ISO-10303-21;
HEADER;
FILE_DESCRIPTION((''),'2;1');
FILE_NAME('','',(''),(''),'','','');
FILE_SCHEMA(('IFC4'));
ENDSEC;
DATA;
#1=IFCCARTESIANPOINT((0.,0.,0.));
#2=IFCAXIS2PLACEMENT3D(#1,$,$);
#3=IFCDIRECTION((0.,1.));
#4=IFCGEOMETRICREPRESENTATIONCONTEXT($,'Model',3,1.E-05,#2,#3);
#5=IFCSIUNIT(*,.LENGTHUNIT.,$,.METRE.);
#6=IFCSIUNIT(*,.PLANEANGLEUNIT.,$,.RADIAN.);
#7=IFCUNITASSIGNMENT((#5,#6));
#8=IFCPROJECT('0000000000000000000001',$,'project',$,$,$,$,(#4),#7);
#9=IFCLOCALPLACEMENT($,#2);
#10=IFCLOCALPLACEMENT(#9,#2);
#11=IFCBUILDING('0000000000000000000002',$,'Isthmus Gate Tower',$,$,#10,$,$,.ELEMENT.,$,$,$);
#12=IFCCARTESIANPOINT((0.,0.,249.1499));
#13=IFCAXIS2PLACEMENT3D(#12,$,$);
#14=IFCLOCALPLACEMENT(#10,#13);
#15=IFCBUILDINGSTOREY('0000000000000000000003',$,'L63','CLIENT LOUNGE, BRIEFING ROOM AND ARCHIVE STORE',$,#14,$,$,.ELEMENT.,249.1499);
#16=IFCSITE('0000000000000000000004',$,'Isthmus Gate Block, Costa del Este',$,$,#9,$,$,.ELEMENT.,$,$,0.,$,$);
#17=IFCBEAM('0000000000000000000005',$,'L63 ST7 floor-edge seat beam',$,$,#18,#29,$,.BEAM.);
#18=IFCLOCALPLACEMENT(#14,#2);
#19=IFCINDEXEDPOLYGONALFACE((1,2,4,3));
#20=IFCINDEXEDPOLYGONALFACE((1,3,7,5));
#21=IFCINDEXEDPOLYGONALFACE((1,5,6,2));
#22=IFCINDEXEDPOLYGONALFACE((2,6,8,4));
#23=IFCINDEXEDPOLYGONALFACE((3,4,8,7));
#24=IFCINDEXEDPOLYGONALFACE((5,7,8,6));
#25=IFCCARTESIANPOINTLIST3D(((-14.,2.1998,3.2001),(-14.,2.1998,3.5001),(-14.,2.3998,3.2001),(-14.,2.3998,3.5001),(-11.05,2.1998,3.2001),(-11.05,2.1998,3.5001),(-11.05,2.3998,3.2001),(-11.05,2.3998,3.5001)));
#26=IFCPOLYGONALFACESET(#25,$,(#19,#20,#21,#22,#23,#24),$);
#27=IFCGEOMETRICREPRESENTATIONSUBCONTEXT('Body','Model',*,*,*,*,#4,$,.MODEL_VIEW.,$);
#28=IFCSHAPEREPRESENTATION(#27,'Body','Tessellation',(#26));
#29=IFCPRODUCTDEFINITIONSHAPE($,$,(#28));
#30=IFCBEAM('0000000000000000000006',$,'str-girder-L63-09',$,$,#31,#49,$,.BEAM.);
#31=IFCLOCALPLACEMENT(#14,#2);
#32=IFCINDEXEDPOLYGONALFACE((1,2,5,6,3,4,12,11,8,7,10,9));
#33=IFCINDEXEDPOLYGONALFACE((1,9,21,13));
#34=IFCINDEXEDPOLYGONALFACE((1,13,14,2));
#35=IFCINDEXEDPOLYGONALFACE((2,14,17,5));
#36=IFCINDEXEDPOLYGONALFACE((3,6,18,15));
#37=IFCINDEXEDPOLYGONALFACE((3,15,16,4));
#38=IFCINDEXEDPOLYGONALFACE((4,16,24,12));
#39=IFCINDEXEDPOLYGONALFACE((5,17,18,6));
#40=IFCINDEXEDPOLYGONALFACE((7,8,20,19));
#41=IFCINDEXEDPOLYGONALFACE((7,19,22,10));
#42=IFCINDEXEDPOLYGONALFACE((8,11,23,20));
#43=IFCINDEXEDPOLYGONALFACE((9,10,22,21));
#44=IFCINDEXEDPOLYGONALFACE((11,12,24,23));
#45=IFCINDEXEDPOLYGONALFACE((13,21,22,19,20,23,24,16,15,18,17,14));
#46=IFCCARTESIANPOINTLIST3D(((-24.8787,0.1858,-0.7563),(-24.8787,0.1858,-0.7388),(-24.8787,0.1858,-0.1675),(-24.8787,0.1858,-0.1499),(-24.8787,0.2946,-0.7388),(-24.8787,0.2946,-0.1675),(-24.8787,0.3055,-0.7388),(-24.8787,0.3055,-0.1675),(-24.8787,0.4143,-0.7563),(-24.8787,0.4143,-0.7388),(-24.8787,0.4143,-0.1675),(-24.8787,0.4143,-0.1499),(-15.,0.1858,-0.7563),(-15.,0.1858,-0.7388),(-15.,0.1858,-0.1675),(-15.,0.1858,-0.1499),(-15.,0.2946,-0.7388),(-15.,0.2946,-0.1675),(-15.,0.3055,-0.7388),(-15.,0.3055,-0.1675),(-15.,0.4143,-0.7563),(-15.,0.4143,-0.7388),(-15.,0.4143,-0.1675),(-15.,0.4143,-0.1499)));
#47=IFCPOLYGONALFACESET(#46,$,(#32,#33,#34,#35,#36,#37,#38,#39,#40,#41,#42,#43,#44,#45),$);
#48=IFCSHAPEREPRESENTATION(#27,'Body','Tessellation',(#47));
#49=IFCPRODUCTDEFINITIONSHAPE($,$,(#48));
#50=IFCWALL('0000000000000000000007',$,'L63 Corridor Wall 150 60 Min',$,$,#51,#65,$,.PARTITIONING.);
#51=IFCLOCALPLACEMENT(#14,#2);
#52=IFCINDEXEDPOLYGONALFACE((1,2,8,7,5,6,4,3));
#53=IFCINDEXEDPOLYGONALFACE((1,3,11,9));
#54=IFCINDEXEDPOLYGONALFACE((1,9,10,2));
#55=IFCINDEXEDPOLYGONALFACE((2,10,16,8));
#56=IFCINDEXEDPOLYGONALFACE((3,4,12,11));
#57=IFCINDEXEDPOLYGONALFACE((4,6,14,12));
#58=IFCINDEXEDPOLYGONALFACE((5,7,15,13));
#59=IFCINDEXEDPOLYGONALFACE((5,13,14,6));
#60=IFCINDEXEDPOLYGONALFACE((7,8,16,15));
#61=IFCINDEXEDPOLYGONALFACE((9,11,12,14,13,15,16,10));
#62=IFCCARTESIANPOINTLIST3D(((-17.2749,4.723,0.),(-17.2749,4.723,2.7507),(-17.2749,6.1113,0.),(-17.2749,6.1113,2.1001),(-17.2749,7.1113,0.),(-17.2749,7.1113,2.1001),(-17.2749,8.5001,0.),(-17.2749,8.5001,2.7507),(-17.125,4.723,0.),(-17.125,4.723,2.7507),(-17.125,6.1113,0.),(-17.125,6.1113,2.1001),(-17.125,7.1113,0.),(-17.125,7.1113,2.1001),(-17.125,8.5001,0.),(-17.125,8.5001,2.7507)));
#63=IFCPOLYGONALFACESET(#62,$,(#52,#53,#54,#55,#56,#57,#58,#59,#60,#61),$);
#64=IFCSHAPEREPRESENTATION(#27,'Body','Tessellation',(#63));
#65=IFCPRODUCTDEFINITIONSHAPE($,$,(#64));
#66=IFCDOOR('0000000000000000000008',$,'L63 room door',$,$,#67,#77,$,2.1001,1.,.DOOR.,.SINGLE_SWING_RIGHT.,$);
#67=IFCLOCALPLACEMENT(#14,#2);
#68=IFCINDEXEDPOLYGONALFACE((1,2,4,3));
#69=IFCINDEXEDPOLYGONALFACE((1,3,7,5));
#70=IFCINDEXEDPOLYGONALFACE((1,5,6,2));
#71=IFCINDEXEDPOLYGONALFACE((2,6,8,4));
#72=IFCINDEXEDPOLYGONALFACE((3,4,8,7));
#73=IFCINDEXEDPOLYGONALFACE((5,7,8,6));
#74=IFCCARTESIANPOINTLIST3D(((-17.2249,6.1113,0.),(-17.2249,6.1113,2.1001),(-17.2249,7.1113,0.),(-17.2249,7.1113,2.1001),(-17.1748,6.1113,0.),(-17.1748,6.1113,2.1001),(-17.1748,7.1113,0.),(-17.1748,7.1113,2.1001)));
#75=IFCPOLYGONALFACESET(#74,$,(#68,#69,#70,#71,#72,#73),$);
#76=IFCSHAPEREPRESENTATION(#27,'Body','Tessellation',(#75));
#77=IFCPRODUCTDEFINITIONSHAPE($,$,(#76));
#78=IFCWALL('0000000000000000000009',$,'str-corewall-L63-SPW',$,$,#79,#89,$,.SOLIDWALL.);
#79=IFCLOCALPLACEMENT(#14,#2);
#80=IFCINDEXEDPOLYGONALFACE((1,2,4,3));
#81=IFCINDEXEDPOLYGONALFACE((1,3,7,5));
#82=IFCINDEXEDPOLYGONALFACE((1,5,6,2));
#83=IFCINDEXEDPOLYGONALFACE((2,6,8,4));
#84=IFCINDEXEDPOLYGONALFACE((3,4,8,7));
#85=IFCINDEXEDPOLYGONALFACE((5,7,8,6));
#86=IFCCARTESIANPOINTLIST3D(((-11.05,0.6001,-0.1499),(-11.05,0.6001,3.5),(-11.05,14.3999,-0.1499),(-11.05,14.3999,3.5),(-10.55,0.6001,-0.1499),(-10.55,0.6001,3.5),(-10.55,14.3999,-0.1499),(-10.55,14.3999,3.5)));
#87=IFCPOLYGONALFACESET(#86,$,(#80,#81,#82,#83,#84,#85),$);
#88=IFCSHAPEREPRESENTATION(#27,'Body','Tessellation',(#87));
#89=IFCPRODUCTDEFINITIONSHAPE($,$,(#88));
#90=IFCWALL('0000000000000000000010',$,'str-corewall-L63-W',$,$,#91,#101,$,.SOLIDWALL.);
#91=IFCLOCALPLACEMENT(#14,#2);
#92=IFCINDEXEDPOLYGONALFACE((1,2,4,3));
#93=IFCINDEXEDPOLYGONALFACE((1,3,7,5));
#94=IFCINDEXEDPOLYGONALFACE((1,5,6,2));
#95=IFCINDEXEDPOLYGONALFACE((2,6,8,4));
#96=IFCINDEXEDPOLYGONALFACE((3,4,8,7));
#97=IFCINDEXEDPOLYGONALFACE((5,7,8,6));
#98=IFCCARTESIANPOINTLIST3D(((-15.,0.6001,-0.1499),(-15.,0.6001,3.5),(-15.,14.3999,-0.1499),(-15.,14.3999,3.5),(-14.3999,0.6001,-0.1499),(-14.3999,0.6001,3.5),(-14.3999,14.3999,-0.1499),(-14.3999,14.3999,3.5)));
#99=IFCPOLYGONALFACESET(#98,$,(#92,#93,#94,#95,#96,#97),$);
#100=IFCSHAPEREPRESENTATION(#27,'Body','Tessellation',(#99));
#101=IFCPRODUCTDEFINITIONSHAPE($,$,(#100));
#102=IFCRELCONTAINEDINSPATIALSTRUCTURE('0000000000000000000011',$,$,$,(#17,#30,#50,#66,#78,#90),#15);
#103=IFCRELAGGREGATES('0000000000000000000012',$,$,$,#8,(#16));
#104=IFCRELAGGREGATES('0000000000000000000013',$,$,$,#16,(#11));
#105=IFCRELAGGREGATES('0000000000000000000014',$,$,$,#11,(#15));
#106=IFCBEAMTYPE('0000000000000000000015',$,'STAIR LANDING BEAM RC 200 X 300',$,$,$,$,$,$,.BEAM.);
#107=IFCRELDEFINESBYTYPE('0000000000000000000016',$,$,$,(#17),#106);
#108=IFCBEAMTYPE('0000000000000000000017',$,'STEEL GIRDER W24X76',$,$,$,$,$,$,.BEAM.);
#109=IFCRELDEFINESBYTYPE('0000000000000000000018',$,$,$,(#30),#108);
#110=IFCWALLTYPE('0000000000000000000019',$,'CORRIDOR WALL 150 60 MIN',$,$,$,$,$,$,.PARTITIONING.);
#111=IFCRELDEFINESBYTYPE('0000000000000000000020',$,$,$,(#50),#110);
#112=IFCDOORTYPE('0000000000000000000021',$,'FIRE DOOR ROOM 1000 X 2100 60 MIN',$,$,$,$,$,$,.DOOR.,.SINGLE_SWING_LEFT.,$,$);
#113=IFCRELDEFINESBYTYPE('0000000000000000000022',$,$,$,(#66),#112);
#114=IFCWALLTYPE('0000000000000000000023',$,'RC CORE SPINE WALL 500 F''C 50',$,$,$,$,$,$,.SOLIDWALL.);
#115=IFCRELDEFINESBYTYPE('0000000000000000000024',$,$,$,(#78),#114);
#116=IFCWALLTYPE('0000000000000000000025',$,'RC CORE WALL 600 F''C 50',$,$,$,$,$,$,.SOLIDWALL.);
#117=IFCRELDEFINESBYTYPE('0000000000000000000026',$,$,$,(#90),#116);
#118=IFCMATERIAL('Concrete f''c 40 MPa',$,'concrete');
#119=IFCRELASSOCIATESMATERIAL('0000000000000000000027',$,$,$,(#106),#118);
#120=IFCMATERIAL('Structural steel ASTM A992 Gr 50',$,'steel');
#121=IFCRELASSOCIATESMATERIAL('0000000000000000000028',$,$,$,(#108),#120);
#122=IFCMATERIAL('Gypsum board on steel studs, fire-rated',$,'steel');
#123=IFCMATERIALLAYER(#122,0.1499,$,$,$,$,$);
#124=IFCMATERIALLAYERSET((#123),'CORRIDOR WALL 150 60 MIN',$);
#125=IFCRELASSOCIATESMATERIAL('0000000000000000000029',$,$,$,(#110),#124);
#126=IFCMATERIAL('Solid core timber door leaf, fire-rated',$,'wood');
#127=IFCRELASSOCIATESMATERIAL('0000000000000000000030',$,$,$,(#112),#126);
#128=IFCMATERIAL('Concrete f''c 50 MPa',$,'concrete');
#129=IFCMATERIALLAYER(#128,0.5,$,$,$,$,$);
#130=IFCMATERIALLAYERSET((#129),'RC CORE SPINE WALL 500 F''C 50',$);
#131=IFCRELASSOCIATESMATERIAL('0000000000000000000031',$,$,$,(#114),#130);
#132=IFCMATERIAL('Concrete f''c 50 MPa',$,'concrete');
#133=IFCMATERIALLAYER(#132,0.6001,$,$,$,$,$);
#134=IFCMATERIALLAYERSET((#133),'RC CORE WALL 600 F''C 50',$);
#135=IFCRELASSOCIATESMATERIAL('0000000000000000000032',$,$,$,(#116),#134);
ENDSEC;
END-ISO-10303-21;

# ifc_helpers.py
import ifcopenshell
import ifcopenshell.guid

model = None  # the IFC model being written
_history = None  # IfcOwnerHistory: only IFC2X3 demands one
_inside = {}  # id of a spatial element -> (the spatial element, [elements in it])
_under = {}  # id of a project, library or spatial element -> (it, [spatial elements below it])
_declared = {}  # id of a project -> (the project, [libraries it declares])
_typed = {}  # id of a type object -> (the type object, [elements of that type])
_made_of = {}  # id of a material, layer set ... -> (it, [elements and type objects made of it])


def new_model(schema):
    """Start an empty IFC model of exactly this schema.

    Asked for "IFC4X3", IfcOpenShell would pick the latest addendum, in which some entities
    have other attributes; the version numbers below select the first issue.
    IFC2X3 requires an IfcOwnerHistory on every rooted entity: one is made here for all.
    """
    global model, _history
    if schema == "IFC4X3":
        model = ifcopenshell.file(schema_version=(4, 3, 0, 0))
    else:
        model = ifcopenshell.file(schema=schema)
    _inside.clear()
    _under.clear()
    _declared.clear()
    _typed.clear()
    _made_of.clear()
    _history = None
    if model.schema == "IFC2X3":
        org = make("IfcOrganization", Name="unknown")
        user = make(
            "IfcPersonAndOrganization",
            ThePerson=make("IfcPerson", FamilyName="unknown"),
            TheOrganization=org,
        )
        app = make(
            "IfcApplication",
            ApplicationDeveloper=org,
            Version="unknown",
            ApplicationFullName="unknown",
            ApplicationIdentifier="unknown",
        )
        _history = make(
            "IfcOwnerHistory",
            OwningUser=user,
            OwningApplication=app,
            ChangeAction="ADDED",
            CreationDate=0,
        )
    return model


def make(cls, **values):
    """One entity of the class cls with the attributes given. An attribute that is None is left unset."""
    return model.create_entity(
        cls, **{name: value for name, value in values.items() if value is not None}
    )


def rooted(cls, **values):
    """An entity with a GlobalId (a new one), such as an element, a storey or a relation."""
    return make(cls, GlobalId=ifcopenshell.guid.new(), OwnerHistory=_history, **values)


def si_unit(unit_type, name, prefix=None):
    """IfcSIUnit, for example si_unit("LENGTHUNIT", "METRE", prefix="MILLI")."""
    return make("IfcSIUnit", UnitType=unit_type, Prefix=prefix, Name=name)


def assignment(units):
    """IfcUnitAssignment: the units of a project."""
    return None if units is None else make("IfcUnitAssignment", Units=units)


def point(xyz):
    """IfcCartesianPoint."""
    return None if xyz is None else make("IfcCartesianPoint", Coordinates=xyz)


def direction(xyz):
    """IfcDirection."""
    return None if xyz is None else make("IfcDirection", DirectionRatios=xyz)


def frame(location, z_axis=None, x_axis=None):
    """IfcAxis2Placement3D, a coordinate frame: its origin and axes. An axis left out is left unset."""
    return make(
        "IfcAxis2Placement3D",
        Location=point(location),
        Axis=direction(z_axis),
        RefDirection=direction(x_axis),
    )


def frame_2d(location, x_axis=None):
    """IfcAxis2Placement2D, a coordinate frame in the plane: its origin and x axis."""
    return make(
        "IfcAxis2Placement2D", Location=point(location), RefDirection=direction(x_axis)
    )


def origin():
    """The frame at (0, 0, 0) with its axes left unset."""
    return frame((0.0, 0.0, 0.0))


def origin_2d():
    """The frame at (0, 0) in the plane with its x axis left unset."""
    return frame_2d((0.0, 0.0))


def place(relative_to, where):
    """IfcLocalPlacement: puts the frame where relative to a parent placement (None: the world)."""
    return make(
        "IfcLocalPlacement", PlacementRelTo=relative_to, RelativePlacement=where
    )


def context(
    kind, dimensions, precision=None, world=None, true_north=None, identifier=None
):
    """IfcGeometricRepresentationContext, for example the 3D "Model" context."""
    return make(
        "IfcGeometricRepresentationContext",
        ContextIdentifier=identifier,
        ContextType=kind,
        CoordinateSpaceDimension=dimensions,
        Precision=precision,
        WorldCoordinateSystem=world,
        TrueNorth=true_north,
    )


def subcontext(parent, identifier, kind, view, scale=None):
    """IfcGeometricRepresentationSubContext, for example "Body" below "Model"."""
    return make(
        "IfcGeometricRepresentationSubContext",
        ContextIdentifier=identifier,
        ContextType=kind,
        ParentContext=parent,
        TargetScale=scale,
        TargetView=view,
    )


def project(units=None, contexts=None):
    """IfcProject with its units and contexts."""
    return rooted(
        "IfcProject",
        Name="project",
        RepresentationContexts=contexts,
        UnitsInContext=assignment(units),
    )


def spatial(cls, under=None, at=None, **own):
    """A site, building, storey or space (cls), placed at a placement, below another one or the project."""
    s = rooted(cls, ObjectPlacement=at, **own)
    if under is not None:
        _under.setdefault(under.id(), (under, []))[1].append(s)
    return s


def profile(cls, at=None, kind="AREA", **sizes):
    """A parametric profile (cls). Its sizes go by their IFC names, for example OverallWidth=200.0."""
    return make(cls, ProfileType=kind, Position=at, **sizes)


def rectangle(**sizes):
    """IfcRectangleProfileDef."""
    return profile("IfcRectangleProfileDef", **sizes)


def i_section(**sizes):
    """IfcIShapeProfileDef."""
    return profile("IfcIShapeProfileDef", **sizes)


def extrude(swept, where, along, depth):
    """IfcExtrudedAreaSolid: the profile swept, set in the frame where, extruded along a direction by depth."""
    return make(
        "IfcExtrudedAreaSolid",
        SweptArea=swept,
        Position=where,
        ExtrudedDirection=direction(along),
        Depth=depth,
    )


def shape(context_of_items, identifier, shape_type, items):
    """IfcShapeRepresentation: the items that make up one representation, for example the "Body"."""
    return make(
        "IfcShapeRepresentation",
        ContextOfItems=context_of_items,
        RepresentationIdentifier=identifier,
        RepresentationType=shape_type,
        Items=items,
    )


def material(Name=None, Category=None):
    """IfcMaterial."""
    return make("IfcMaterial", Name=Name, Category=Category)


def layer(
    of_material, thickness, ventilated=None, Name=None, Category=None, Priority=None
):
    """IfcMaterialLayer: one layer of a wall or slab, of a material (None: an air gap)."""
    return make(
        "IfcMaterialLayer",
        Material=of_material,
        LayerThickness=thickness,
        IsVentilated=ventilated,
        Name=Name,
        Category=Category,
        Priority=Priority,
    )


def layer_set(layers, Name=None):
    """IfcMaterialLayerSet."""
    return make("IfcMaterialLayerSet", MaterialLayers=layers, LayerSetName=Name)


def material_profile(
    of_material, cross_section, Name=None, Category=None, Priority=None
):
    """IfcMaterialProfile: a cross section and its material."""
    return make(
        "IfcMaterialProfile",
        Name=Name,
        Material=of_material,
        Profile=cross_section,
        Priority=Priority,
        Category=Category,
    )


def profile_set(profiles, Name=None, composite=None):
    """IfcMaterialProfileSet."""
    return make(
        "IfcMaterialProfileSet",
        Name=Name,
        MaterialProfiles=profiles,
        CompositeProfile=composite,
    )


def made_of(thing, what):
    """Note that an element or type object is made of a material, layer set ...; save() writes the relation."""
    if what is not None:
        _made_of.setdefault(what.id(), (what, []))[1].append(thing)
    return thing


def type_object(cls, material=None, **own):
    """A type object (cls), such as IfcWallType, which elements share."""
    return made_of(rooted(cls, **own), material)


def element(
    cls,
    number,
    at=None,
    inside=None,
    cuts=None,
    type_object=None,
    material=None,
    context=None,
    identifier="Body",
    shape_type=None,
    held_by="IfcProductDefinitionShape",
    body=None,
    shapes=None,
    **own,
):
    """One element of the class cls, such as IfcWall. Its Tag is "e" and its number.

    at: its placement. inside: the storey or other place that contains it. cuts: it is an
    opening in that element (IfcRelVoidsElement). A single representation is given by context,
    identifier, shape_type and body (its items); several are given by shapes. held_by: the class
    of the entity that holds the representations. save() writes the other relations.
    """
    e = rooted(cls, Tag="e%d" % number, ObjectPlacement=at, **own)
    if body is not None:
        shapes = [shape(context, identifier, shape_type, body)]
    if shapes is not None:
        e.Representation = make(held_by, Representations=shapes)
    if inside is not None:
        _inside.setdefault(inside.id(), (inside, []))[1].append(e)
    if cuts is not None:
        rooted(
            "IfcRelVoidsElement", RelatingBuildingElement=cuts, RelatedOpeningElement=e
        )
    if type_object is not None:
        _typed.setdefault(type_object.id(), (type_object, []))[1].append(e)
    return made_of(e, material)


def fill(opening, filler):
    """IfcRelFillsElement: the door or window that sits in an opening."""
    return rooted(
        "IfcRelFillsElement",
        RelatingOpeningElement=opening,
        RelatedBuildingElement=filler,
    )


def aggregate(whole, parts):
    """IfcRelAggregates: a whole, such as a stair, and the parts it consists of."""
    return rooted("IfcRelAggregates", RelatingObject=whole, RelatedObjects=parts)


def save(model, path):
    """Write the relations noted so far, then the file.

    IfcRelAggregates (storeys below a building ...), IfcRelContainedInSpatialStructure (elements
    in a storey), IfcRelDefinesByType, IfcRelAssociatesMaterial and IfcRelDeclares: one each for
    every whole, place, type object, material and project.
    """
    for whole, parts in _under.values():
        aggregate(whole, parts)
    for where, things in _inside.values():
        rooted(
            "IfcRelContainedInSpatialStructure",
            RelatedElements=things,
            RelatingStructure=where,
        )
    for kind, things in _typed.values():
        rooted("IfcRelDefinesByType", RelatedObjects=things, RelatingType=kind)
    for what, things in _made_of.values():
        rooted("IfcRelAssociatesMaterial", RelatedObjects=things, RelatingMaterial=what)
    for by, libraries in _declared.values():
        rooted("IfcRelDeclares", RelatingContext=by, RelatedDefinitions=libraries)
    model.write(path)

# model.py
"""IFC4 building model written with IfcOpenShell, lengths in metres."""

from ifc_helpers import new_model, si_unit, direction, frame, frame_2d, origin, origin_2d, place, context, subcontext, project, spatial, rectangle, i_section, extrude, material, layer, layer_set, material_profile, profile_set, type_object, element, fill, save


model = new_model("IFC4")

# Units and contexts
model_context = context("Model", 3, precision=1e-05, world=origin(), true_north=direction((0.0, 1.0)))
body_context = subcontext(model_context, "Body", "Model", "MODEL_VIEW")
ifc_project = project(units=[si_unit("LENGTHUNIT", "METRE"), si_unit("PLANEANGLEUNIT", "RADIAN")], contexts=[model_context])

# Site, building, storey
site_placement = place(None, origin())
site = spatial("IfcSite", under=ifc_project, at=site_placement, Name="Isthmus Gate Block, Costa del Este", CompositionType="ELEMENT", RefElevation=0.0)
building_placement = place(site_placement, origin())
building = spatial("IfcBuilding", under=site, at=building_placement, Name="Isthmus Gate Tower", CompositionType="ELEMENT")
storey_placement = place(building_placement, frame((0.0, 0.0, 249.1499)))
storey = spatial("IfcBuildingStorey", under=building, at=storey_placement, Name="L63", Description="CLIENT LOUNGE, BRIEFING ROOM AND ARCHIVE STORE", CompositionType="ELEMENT", Elevation=249.1499)

# Beams
ifc_material_1 = material(Name="Concrete f'c 40 MPa", Category="concrete")
ifc_material_profile_1 = material_profile(ifc_material_1, rectangle(XDim=0.2, YDim=0.3, at=origin_2d()), Name="STAIR LANDING BEAM RC 200 X 300")
ifc_profile_set_1 = profile_set([ifc_material_profile_1], Name="Concrete f'c 40 MPa")
beam_type_1 = type_object("IfcBeamType", Name="STAIR LANDING BEAM RC 200 X 300", PredefinedType="BEAM", material=ifc_profile_set_1)
beam_1_placement = place(storey_placement, frame((-14.0, 2.2998, 3.3501), z_axis=(1.0, 0.0, 0.0), x_axis=(0.0, 1.0, 0.0)))
element("IfcBeam", 1, at=beam_1_placement, inside=storey, type_object=beam_type_1, Name="L63 ST7 floor-edge seat beam", PredefinedType="BEAM", context=body_context, shape_type="SweptSolid", body=[
    extrude(rectangle(XDim=0.2, YDim=0.3, at=origin_2d()), origin(), (0.0, 0.0, 1.0), 2.95),
])
ifc_material_2 = material(Name="Structural steel ASTM A992 Gr 50", Category="steel")
ifc_material_profile_2 = material_profile(ifc_material_2, i_section(OverallWidth=0.2285, OverallDepth=0.6064, WebThickness=0.011, FlangeThickness=0.0176, at=origin_2d()), Name="W24X76")
ifc_profile_set_2 = profile_set([ifc_material_profile_2], Name="Structural steel ASTM A992 Gr 50")
beam_type_2 = type_object("IfcBeamType", Name="STEEL GIRDER W24X76", PredefinedType="BEAM", material=ifc_profile_set_2)
beam_2_placement = place(storey_placement, frame((-15.0, 0.3, -0.4531), z_axis=(-1.0, 0.0, 0.0), x_axis=(0.0, -1.0, 0.0)))
element("IfcBeam", 2, at=beam_2_placement, inside=storey, type_object=beam_type_2, Name="str-girder-L63-09", PredefinedType="BEAM", context=body_context, shape_type="SweptSolid", body=[
    extrude(i_section(OverallWidth=0.2285, OverallDepth=0.6064, WebThickness=0.011, FlangeThickness=0.0176, at=origin_2d()), origin(), (0.0, 0.0, 1.0), 9.8787),
])

# Wall, opening, door
ifc_material_3 = material(Name="Gypsum board on steel studs, fire-rated", Category="steel")
ifc_layer_1 = layer(ifc_material_3, 0.1499)
ifc_layer_set_1 = layer_set([ifc_layer_1], Name="CORRIDOR WALL 150 60 MIN")
wall_type_1 = type_object("IfcWallType", Name="CORRIDOR WALL 150 60 MIN", PredefinedType="PARTITIONING", material=ifc_layer_set_1)
wall_1_placement = place(storey_placement, frame((-17.2, 4.7229, 0.0), z_axis=(0.0, 0.0, 1.0), x_axis=(0.0, 1.0, 0.0)))
wall_1 = element("IfcWall", 3, at=wall_1_placement, inside=storey, type_object=wall_type_1, Name="L63 Corridor Wall 150 60 Min", PredefinedType="PARTITIONING", context=body_context, shape_type="SweptSolid", body=[
    extrude(rectangle(XDim=3.7771, YDim=0.1499, at=frame_2d((1.8887, 0.0))), origin(), (0.0, 0.0, 1.0), 2.7507),
])
opening_1_placement = place(wall_1_placement, frame((1.3884, 0.0, 0.0)))
opening_1 = element("IfcOpeningElement", 4, at=opening_1_placement, cuts=wall_1, PredefinedType="OPENING", context=body_context, shape_type="SweptSolid", body=[
    extrude(rectangle(XDim=1.0, YDim=2.1001, at=frame_2d((0.5, 1.05))), frame((0.0, 0.085, 0.0), z_axis=(0.0, -1.0, 0.0), x_axis=(1.0, 0.0, 0.0)), (0.0, 0.0, 1.0), 0.1699),
])
ifc_material_4 = material(Name="Solid core timber door leaf, fire-rated", Category="wood")
door_type_1 = type_object("IfcDoorType", Name="FIRE DOOR ROOM 1000 X 2100 60 MIN", OperationType="SINGLE_SWING_LEFT", PredefinedType="DOOR", material=ifc_material_4)
door_1_placement = place(opening_1_placement, origin())
door_1 = element("IfcDoor", 5, at=door_1_placement, inside=storey, type_object=door_type_1, Name="L63 room door", OperationType="SINGLE_SWING_RIGHT", OverallHeight=2.1001, OverallWidth=1.0, PredefinedType="DOOR", context=body_context, shape_type="SweptSolid", body=[
    extrude(rectangle(XDim=1.0, YDim=2.1001, at=frame_2d((0.5, 1.05))), frame((0.0, 0.0249, 0.0), z_axis=(0.0, -1.0, 0.0), x_axis=(1.0, 0.0, 0.0)), (0.0, 0.0, 1.0), 0.05),
])
fill(opening_1, door_1)

# Walls
ifc_material_5 = material(Name="Concrete f'c 50 MPa", Category="concrete")
ifc_layer_2 = layer(ifc_material_5, 0.5)
ifc_layer_set_2 = layer_set([ifc_layer_2], Name="RC CORE SPINE WALL 500 F'C 50")
wall_type_2 = type_object("IfcWallType", Name="RC CORE SPINE WALL 500 F'C 50", PredefinedType="SOLIDWALL", material=ifc_layer_set_2)
wall_2_placement = place(storey_placement, frame((-10.8, 0.6001, -0.1499), z_axis=(0.0, 0.0, 1.0), x_axis=(0.0, 1.0, 0.0)))
element("IfcWall", 6, at=wall_2_placement, inside=storey, type_object=wall_type_2, Name="str-corewall-L63-SPW", PredefinedType="SOLIDWALL", context=body_context, shape_type="SweptSolid", body=[
    extrude(rectangle(XDim=13.7998, YDim=0.5, at=frame_2d((6.8999, 0.0))), origin(), (0.0, 0.0, 1.0), 3.6499),
])
ifc_material_6 = material(Name="Concrete f'c 50 MPa", Category="concrete")
ifc_layer_3 = layer(ifc_material_6, 0.6001)
ifc_layer_set_3 = layer_set([ifc_layer_3], Name="RC CORE WALL 600 F'C 50")
wall_type_3 = type_object("IfcWallType", Name="RC CORE WALL 600 F'C 50", PredefinedType="SOLIDWALL", material=ifc_layer_set_3)
wall_3_placement = place(storey_placement, frame((-14.7, 0.6001, -0.1499), z_axis=(0.0, 0.0, 1.0), x_axis=(0.0, 1.0, 0.0)))
element("IfcWall", 7, at=wall_3_placement, inside=storey, type_object=wall_type_3, Name="str-corewall-L63-W", PredefinedType="SOLIDWALL", context=body_context, shape_type="SweptSolid", body=[
    extrude(rectangle(XDim=13.7998, YDim=0.6001, at=frame_2d((6.8999, 0.0))), origin(), (0.0, 0.0, 1.0), 3.6499),
])

save(model, "model.ifc")
